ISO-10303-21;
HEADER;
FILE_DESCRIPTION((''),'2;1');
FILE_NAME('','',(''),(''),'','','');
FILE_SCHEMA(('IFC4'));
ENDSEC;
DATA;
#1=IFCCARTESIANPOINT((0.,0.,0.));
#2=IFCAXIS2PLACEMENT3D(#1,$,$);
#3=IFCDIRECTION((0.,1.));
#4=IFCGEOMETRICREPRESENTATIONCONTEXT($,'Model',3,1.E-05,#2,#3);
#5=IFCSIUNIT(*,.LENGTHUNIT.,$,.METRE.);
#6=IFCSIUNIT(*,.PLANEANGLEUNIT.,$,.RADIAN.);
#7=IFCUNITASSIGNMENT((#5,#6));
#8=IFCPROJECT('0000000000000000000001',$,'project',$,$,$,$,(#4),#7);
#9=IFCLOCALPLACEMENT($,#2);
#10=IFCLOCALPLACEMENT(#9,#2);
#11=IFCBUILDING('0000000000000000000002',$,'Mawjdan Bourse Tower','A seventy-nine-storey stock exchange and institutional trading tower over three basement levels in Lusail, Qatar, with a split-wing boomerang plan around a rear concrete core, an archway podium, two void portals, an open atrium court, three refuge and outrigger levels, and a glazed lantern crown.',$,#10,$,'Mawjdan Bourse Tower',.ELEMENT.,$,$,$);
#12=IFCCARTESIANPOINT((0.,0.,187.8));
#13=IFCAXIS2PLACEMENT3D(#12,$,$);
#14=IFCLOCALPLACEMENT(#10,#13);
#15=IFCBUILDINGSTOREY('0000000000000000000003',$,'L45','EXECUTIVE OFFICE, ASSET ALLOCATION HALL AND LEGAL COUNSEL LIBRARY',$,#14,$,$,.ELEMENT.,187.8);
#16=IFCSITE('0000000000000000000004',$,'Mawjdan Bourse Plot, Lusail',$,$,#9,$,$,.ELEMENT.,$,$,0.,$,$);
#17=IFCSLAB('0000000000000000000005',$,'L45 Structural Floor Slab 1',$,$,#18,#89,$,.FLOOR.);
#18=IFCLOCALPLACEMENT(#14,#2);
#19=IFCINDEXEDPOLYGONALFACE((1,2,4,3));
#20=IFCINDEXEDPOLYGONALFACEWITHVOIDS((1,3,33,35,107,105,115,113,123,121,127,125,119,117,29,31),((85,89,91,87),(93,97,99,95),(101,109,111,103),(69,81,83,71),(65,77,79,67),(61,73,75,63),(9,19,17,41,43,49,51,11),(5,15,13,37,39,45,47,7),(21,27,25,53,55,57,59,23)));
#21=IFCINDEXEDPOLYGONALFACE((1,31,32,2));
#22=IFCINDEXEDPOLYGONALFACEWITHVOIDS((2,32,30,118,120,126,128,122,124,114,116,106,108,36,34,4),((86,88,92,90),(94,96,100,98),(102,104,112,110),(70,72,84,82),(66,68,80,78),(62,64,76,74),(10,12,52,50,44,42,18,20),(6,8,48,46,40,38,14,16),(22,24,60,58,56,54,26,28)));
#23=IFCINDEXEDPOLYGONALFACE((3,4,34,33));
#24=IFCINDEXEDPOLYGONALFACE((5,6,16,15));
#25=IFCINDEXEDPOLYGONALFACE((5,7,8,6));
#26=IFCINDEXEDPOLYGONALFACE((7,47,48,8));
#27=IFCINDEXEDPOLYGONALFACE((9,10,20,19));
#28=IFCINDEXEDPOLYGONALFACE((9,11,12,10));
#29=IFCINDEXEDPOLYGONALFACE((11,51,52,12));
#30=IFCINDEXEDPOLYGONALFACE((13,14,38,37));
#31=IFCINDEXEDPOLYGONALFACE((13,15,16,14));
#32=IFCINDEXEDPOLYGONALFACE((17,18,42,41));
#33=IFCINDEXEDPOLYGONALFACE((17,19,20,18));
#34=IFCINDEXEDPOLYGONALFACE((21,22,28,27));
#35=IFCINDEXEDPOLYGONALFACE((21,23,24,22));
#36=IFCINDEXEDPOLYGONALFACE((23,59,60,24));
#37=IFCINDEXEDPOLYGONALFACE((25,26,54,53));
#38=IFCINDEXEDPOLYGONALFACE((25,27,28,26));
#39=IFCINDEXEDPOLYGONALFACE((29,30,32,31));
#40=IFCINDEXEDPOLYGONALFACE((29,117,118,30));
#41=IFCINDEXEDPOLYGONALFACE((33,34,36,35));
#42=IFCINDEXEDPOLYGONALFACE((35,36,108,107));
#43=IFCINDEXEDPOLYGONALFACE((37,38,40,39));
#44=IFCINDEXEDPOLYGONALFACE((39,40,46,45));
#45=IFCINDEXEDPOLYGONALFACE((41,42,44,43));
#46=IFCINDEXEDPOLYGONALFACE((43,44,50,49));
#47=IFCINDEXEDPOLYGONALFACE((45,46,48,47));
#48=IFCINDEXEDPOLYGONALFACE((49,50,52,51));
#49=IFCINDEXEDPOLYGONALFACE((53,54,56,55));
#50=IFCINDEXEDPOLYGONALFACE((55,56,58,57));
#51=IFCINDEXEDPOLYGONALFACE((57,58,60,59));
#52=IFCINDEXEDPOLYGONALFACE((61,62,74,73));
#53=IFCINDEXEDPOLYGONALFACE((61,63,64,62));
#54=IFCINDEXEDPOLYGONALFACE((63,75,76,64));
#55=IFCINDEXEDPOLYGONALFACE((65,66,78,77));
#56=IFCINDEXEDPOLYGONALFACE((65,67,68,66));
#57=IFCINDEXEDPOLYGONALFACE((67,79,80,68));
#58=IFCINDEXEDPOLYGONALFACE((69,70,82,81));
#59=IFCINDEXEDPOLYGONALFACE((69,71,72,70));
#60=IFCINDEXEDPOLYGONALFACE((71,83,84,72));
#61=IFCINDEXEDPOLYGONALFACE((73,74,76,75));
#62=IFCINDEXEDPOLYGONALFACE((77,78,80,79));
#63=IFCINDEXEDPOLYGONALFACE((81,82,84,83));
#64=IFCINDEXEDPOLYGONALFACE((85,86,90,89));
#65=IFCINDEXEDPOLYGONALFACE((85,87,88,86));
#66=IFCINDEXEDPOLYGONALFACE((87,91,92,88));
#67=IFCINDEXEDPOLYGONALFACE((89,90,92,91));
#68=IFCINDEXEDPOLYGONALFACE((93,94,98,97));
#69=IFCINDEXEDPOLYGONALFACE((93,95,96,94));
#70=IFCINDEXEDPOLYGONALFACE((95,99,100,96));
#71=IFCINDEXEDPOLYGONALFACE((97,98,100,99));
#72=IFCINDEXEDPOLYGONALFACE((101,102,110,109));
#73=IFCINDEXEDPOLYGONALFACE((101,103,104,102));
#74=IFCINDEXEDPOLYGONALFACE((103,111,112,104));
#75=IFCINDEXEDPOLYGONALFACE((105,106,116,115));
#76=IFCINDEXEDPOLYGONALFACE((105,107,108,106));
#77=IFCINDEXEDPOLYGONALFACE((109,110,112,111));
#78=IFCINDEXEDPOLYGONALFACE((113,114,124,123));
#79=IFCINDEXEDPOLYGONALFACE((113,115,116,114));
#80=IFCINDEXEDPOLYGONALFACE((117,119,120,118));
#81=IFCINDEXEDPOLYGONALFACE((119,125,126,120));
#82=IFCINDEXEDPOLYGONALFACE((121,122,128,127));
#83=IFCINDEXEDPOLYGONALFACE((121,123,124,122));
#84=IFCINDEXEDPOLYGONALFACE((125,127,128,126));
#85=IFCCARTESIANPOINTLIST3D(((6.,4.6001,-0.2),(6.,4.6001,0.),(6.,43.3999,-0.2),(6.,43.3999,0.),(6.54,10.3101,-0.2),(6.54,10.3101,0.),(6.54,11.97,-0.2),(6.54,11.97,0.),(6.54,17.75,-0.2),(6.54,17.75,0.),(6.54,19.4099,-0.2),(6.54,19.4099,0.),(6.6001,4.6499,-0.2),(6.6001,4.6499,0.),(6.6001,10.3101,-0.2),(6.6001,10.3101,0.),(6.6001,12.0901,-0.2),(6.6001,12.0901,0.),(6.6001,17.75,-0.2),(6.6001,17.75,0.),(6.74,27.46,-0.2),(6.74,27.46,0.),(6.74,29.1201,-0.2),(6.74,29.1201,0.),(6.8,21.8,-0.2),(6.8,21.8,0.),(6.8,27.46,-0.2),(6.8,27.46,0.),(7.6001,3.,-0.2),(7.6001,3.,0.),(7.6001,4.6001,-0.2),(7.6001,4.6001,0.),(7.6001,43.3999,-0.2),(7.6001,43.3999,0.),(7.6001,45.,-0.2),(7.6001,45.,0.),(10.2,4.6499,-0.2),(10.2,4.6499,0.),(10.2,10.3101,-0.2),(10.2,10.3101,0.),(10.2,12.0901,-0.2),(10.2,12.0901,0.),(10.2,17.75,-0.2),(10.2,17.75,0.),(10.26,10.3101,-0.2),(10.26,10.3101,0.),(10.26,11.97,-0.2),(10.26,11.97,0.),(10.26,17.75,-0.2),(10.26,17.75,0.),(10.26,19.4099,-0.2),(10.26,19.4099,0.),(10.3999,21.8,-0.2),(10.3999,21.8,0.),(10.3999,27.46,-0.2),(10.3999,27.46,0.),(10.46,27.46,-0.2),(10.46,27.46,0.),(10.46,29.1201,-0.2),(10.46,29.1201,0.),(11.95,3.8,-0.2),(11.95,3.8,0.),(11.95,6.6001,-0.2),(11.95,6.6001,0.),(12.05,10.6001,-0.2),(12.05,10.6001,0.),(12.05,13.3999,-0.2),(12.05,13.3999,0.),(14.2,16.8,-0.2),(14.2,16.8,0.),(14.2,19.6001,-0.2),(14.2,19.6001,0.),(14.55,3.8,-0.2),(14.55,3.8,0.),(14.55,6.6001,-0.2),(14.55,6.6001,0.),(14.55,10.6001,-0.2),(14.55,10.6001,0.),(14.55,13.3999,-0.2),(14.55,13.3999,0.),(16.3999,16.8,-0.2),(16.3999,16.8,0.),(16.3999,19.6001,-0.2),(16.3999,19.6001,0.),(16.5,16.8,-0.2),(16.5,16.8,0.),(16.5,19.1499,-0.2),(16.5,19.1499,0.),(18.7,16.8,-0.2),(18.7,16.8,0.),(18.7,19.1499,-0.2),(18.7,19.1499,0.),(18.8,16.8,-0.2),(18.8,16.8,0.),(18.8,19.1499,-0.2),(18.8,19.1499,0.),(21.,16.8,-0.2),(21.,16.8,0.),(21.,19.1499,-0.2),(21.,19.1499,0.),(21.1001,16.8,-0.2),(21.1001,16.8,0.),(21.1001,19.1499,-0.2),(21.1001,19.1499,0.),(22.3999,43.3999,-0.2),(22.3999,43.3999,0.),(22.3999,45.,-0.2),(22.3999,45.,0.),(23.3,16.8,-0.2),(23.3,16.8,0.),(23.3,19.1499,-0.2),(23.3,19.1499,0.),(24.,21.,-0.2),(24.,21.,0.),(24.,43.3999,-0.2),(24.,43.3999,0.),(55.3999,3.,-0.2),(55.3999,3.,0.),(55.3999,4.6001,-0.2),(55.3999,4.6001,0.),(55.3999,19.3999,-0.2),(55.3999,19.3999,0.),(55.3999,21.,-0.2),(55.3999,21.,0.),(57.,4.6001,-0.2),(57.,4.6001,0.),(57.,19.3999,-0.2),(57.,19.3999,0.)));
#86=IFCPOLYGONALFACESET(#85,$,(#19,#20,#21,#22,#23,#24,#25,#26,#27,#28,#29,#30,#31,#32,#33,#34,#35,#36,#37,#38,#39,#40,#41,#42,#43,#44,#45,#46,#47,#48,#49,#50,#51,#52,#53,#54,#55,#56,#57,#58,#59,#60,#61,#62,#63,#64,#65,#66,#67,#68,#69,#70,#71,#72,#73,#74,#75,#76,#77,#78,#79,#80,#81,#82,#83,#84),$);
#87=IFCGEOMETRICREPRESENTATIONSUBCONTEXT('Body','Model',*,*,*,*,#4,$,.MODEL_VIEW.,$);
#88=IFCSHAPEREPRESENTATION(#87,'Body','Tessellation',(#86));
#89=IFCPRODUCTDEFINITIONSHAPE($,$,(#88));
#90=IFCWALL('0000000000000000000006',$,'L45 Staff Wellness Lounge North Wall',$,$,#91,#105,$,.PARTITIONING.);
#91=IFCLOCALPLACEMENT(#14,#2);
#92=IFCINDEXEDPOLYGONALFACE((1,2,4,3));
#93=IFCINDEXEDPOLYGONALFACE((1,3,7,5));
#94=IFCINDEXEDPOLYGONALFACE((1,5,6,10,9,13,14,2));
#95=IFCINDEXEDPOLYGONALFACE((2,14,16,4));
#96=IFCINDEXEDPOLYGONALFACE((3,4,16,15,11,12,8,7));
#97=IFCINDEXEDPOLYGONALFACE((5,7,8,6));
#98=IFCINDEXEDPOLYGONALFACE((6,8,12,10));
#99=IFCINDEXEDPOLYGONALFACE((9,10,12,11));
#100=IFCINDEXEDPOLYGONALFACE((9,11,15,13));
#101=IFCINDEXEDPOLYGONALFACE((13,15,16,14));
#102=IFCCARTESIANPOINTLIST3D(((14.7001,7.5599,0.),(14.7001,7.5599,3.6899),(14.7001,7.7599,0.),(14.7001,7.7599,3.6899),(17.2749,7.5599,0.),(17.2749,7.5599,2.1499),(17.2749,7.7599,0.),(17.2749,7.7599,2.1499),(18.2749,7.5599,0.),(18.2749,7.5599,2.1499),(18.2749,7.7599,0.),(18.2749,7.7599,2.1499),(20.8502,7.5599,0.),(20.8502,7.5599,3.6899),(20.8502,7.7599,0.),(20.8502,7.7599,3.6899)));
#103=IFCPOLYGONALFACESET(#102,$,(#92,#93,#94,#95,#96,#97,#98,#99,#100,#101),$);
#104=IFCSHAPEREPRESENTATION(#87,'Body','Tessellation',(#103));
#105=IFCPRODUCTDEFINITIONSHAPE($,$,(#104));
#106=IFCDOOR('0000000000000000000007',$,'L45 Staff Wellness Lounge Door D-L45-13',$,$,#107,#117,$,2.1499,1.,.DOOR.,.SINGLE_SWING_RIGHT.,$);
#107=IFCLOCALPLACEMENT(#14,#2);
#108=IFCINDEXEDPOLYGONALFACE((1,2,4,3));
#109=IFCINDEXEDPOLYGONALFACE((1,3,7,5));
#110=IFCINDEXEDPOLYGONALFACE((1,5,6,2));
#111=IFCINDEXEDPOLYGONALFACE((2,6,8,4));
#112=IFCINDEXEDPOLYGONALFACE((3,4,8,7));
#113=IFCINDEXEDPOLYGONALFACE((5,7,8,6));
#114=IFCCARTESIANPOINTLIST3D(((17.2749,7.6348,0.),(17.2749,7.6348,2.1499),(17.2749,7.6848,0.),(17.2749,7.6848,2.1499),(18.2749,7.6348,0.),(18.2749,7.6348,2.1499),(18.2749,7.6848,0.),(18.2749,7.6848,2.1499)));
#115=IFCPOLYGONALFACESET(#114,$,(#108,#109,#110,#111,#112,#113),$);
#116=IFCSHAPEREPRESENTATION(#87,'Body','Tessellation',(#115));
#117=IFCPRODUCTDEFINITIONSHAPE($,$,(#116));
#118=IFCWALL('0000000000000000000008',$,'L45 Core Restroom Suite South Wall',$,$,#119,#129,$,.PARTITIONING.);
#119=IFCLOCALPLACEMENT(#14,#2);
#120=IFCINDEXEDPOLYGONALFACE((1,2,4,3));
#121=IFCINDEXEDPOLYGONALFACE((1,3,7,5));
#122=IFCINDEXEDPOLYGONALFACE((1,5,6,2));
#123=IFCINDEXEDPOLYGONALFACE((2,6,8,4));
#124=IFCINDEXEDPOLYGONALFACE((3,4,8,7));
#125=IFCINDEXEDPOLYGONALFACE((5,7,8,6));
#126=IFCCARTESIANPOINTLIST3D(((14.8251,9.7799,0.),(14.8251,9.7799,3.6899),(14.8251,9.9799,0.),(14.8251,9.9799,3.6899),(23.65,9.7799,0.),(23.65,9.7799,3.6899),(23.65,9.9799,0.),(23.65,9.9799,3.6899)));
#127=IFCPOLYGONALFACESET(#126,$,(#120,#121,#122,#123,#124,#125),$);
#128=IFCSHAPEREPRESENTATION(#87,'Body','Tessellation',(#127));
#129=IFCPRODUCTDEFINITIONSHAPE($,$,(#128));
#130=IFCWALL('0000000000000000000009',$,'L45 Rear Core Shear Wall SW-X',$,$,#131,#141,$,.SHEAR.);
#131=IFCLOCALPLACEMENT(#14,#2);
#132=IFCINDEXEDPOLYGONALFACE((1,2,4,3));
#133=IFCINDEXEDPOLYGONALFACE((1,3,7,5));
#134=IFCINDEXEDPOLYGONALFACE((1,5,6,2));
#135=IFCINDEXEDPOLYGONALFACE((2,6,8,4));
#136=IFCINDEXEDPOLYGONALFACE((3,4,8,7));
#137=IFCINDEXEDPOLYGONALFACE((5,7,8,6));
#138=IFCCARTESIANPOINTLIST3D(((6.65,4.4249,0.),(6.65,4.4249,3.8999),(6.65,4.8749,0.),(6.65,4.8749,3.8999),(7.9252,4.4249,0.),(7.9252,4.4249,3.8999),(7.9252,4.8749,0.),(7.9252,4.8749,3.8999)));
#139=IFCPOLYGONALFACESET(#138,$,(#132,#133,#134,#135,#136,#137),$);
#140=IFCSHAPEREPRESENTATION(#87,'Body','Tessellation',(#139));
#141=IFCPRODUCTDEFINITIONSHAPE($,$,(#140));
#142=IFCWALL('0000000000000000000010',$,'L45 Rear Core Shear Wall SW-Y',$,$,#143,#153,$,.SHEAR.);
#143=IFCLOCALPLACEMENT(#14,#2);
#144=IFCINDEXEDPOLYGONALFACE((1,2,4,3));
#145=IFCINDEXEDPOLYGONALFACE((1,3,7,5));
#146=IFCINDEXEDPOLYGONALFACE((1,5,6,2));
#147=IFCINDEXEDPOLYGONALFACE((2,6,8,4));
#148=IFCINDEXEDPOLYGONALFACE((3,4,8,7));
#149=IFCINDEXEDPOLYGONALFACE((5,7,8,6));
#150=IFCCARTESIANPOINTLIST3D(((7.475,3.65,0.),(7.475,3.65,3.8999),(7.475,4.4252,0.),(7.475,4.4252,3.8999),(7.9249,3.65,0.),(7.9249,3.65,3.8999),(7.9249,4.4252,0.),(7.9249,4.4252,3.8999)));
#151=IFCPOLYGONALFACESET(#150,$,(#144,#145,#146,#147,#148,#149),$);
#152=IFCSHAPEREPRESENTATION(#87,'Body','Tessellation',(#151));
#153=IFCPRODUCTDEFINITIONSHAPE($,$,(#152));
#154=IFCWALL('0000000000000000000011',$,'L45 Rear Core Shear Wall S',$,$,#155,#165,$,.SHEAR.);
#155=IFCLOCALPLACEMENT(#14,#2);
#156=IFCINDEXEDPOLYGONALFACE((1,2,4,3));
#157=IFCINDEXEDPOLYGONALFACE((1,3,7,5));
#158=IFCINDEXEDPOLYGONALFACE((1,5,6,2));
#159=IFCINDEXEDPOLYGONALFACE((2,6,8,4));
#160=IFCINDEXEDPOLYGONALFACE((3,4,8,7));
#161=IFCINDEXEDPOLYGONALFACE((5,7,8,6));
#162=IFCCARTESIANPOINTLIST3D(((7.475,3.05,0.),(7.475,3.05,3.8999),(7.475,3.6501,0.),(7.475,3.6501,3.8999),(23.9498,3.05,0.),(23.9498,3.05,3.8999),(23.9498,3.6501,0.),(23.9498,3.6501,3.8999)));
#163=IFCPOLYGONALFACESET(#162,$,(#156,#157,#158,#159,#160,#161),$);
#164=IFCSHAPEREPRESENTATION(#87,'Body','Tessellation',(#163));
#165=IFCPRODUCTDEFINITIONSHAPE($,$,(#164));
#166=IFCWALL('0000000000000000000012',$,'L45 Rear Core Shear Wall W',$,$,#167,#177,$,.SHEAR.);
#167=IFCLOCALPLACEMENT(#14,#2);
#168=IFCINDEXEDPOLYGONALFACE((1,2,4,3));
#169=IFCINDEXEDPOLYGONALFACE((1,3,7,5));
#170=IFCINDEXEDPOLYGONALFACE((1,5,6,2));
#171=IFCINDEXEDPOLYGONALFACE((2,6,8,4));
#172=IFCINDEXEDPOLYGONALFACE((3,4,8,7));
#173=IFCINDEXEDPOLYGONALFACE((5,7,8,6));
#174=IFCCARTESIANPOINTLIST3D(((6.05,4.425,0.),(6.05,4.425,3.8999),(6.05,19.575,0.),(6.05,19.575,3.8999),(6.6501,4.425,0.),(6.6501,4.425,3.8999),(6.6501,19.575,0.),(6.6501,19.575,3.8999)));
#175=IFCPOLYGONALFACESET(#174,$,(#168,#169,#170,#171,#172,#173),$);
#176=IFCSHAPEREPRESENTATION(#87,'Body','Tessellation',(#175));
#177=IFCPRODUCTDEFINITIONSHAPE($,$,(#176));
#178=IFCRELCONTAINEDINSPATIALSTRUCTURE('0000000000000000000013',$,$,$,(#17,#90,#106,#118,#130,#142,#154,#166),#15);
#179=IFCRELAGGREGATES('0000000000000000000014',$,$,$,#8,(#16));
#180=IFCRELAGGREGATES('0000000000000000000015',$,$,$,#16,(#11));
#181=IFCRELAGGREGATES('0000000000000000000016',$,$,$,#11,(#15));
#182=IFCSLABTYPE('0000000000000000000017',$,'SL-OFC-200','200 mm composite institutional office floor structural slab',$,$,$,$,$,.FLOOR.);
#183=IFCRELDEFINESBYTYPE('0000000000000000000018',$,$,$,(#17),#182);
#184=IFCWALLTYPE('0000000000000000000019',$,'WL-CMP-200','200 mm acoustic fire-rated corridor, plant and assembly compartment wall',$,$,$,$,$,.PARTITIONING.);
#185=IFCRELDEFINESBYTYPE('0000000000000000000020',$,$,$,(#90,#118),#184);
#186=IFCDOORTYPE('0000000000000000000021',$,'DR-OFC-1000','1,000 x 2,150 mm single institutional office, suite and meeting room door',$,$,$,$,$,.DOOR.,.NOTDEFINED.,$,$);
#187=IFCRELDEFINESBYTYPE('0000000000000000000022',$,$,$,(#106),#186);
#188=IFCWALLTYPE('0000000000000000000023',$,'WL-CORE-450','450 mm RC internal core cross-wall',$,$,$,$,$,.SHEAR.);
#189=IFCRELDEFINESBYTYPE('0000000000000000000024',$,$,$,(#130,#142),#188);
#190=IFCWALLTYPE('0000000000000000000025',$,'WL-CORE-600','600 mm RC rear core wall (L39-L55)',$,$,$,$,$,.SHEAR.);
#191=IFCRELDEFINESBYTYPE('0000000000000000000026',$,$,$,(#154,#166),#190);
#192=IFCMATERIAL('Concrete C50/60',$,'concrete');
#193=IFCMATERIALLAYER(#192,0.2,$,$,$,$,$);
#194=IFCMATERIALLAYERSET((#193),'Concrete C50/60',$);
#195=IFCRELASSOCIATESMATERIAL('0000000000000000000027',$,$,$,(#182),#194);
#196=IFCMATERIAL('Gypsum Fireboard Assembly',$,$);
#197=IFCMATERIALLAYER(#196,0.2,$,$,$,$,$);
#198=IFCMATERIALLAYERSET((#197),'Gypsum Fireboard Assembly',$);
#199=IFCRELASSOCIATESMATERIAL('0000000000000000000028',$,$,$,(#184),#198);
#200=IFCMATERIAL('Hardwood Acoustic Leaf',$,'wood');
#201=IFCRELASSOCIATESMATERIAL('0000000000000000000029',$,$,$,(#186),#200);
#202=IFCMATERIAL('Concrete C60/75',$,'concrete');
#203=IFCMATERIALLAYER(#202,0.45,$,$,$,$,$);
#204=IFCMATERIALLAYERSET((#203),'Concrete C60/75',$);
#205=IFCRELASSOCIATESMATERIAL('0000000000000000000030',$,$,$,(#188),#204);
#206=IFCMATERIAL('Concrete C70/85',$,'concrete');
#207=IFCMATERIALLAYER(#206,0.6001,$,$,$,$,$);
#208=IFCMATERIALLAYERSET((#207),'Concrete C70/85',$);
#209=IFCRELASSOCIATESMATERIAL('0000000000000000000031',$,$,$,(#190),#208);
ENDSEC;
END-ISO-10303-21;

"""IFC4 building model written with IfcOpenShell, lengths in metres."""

from ifc_helpers import new_model, si_unit, direction, frame, frame_2d, origin, place, context, subcontext, project, spatial, polyline, rectangle, outline, extrude, material, layer, layer_set, type_object, element, fill, save


model = new_model("IFC4")

# Units and contexts
model_context = context("Model", 3, precision=1e-05, world=origin(), true_north=direction((0.0, 1.0)))
body_context = subcontext(model_context, "Body", "Model", "MODEL_VIEW")
ifc_project = project(units=[si_unit("LENGTHUNIT", "METRE"), si_unit("PLANEANGLEUNIT", "RADIAN")], contexts=[model_context])

# Site, building, storey
site_placement = place(None, origin())
site = spatial("IfcSite", under=ifc_project, at=site_placement, Name="Mawjdan Bourse Plot, Lusail", CompositionType="ELEMENT", RefElevation=0.0)
building_placement = place(site_placement, origin())
building = spatial("IfcBuilding", under=site, at=building_placement, Name="Mawjdan Bourse Tower", Description="A seventy-nine-storey stock exchange and institutional trading tower over three basement levels in Lusail, Qatar, with a split-wing boomerang plan around a rear concrete core, an archway podium, two void portals, an open atrium court, three refuge and outrigger levels, and a glazed lantern crown.", LongName="Mawjdan Bourse Tower", CompositionType="ELEMENT")
storey_placement = place(building_placement, frame((0.0, 0.0, 187.8)))
storey = spatial("IfcBuildingStorey", under=building, at=storey_placement, Name="L45", Description="EXECUTIVE OFFICE, ASSET ALLOCATION HALL AND LEGAL COUNSEL LIBRARY", CompositionType="ELEMENT", Elevation=187.8)

# Shared definitions
ifc_material_1 = material(Name="Concrete C50/60", Category="concrete")

# Slab
ifc_layer_1 = layer(ifc_material_1, 0.2)
ifc_layer_set_1 = layer_set([ifc_layer_1], Name="Concrete C50/60")
slab_type_1 = type_object("IfcSlabType", Name="SL-OFC-200", Description="200 mm composite institutional office floor structural slab", PredefinedType="FLOOR", material=ifc_layer_set_1)
slab_1_placement = place(storey_placement, frame((0.0, 0.0, -0.2)))
element("IfcSlab", 1, at=slab_1_placement, inside=storey, type_object=slab_type_1, Name="L45 Structural Floor Slab 1", PredefinedType="FLOOR", context=body_context, shape_type="SweptSolid", body=[
    extrude(outline(polyline([(7.6001, 3.0), (55.3999, 3.0), (55.3999, 4.6001), (57.0, 4.6001), (57.0, 19.3999), (55.3999, 19.3999), (55.3999, 21.0), (24.0, 21.0), (24.0, 43.3999), (22.3999, 43.3999), (22.3999, 45.0), (7.6001, 45.0), (7.6001, 43.3999), (6.0, 43.3999), (6.0, 4.6001), (7.6001, 4.6001), (7.6001, 3.0)]), holes=[polyline([(6.54, 11.97), (10.26, 11.97), (10.26, 10.3101), (10.2, 10.3101), (10.2, 4.6499), (6.6001, 4.6499), (6.6001, 10.3101), (6.54, 10.3101), (6.54, 11.97)]), polyline([(6.6001, 12.0901), (6.6001, 17.75), (6.54, 17.75), (6.54, 19.4099), (10.26, 19.4099), (10.26, 17.75), (10.2, 17.75), (10.2, 12.0901), (6.6001, 12.0901)]), polyline([(10.46, 29.1201), (10.46, 27.46), (10.3999, 27.46), (10.3999, 21.8), (6.8, 21.8), (6.8, 27.46), (6.74, 27.46), (6.74, 29.1201), (10.46, 29.1201)]), polyline([(14.55, 3.8), (11.95, 3.8), (11.95, 6.6001), (14.55, 6.6001), (14.55, 3.8)]), polyline([(12.05, 10.6001), (12.05, 13.3999), (14.55, 13.3999), (14.55, 10.6001), (12.05, 10.6001)]), polyline([(16.5, 16.8), (16.5, 19.1499), (18.7, 19.1499), (18.7, 16.8), (16.5, 16.8)]), polyline([(21.0, 16.8), (18.8, 16.8), (18.8, 19.1499), (21.0, 19.1499), (21.0, 16.8)]), polyline([(21.1001, 16.8), (21.1001, 19.1499), (23.3, 19.1499), (23.3, 16.8), (21.1001, 16.8)]), polyline([(14.2, 16.8), (14.2, 19.6001), (16.3999, 19.6001), (16.3999, 16.8), (14.2, 16.8)])]), origin(), (0.0, 0.0, 1.0), 0.2),
])

# Wall, opening, door
ifc_material_2 = material(Name="Gypsum Fireboard Assembly")
ifc_layer_2 = layer(ifc_material_2, 0.2)
ifc_layer_set_2 = layer_set([ifc_layer_2], Name="Gypsum Fireboard Assembly")
wall_type_1 = type_object("IfcWallType", Name="WL-CMP-200", Description="200 mm acoustic fire-rated corridor, plant and assembly compartment wall", PredefinedType="PARTITIONING", material=ifc_layer_set_2)
wall_1_placement = place(storey_placement, frame((14.7, 7.6599, 0.0), z_axis=(0.0, 0.0, 1.0), x_axis=(1.0, 0.0, 0.0)))
wall_1 = element("IfcWall", 2, at=wall_1_placement, inside=storey, type_object=wall_type_1, Name="L45 Staff Wellness Lounge North Wall", PredefinedType="PARTITIONING", context=body_context, shape_type="SweptSolid", body=[
    extrude(rectangle(XDim=6.1501, YDim=0.2, at=frame_2d((3.0752, 0.0))), origin(), (0.0, 0.0, 1.0), 3.6899),
])
opening_1_placement = place(wall_1_placement, frame((2.575, 0.0, 0.0)))
opening_1 = element("IfcOpeningElement", 3, at=opening_1_placement, cuts=wall_1, PredefinedType="OPENING", context=body_context, shape_type="SweptSolid", body=[
    extrude(rectangle(XDim=1.0, YDim=2.1499, at=frame_2d((0.5, 1.075))), frame((0.0, 0.1099, 0.0), z_axis=(0.0, -1.0, 0.0), x_axis=(1.0, 0.0, 0.0)), (0.0, 0.0, 1.0), 0.22),
])
ifc_material_3 = material(Name="Hardwood Acoustic Leaf", Category="wood")
door_type_1 = type_object("IfcDoorType", Name="DR-OFC-1000", Description="1,000 x 2,150 mm single institutional office, suite and meeting room door", OperationType="NOTDEFINED", PredefinedType="DOOR", material=ifc_material_3)
door_1_placement = place(opening_1_placement, origin())
door_1 = element("IfcDoor", 4, at=door_1_placement, inside=storey, type_object=door_type_1, Name="L45 Staff Wellness Lounge Door D-L45-13", OperationType="SINGLE_SWING_RIGHT", OverallHeight=2.1499, OverallWidth=1.0, PredefinedType="DOOR", context=body_context, shape_type="SweptSolid", body=[
    extrude(rectangle(XDim=1.0, YDim=2.1499, at=frame_2d((0.5, 1.075))), frame((0.0, 0.0249, 0.0), z_axis=(0.0, -1.0, 0.0), x_axis=(1.0, 0.0, 0.0)), (0.0, 0.0, 1.0), 0.05),
])
fill(opening_1, door_1)

# Walls
wall_2_placement = place(storey_placement, frame((14.825, 9.8799, 0.0), z_axis=(0.0, 0.0, 1.0), x_axis=(1.0, 0.0, 0.0)))
element("IfcWall", 5, at=wall_2_placement, inside=storey, type_object=wall_type_1, Name="L45 Core Restroom Suite South Wall", PredefinedType="PARTITIONING", context=body_context, shape_type="SweptSolid", body=[
    extrude(rectangle(XDim=8.825, YDim=0.2, at=frame_2d((4.4126, 0.0))), origin(), (0.0, 0.0, 1.0), 3.6899),
])
ifc_material_4 = material(Name="Concrete C60/75", Category="concrete")
ifc_layer_3 = layer(ifc_material_4, 0.45)
ifc_layer_set_3 = layer_set([ifc_layer_3], Name="Concrete C60/75")
wall_type_2 = type_object("IfcWallType", Name="WL-CORE-450", Description="450 mm RC internal core cross-wall", PredefinedType="SHEAR", material=ifc_layer_set_3)
wall_3_placement = place(storey_placement, frame((6.6499, 4.6499, 0.0), z_axis=(0.0, 0.0, 1.0), x_axis=(1.0, 0.0, 0.0)))
element("IfcWall", 6, at=wall_3_placement, inside=storey, type_object=wall_type_2, Name="L45 Rear Core Shear Wall SW-X", PredefinedType="SHEAR", context=body_context, shape_type="SweptSolid", body=[
    extrude(rectangle(XDim=1.2751, YDim=0.45, at=frame_2d((0.6377, 0.0))), origin(), (0.0, 0.0, 1.0), 3.8999),
])
wall_4_placement = place(storey_placement, frame((7.7, 3.6499, 0.0), z_axis=(0.0, 0.0, 1.0), x_axis=(0.0, 1.0, 0.0)))
element("IfcWall", 7, at=wall_4_placement, inside=storey, type_object=wall_type_2, Name="L45 Rear Core Shear Wall SW-Y", PredefinedType="SHEAR", context=body_context, shape_type="SweptSolid", body=[
    extrude(rectangle(XDim=0.7751, YDim=0.45, at=frame_2d((0.3877, 0.0))), origin(), (0.0, 0.0, 1.0), 3.8999),
])
ifc_material_5 = material(Name="Concrete C70/85", Category="concrete")
ifc_layer_4 = layer(ifc_material_5, 0.6001)
ifc_layer_set_4 = layer_set([ifc_layer_4], Name="Concrete C70/85")
wall_type_3 = type_object("IfcWallType", Name="WL-CORE-600", Description="600 mm RC rear core wall (L39-L55)", PredefinedType="SHEAR", material=ifc_layer_set_4)
wall_5_placement = place(storey_placement, frame((7.4751, 3.3501, 0.0), z_axis=(0.0, 0.0, 1.0), x_axis=(1.0, 0.0, 0.0)))
element("IfcWall", 8, at=wall_5_placement, inside=storey, type_object=wall_type_3, Name="L45 Rear Core Shear Wall S", PredefinedType="SHEAR", context=body_context, shape_type="SweptSolid", body=[
    extrude(rectangle(XDim=16.4749, YDim=0.6001, at=frame_2d((8.2373, 0.0))), origin(), (0.0, 0.0, 1.0), 3.8999),
])
wall_6_placement = place(storey_placement, frame((6.3501, 4.425, 0.0), z_axis=(0.0, 0.0, 1.0), x_axis=(0.0, 1.0, 0.0)))
element("IfcWall", 9, at=wall_6_placement, inside=storey, type_object=wall_type_3, Name="L45 Rear Core Shear Wall W", PredefinedType="SHEAR", context=body_context, shape_type="SweptSolid", body=[
    extrude(rectangle(XDim=15.1499, YDim=0.6001, at=frame_2d((7.575, 0.0))), origin(), (0.0, 0.0, 1.0), 3.8999),
])

save(model, "model.ifc")
